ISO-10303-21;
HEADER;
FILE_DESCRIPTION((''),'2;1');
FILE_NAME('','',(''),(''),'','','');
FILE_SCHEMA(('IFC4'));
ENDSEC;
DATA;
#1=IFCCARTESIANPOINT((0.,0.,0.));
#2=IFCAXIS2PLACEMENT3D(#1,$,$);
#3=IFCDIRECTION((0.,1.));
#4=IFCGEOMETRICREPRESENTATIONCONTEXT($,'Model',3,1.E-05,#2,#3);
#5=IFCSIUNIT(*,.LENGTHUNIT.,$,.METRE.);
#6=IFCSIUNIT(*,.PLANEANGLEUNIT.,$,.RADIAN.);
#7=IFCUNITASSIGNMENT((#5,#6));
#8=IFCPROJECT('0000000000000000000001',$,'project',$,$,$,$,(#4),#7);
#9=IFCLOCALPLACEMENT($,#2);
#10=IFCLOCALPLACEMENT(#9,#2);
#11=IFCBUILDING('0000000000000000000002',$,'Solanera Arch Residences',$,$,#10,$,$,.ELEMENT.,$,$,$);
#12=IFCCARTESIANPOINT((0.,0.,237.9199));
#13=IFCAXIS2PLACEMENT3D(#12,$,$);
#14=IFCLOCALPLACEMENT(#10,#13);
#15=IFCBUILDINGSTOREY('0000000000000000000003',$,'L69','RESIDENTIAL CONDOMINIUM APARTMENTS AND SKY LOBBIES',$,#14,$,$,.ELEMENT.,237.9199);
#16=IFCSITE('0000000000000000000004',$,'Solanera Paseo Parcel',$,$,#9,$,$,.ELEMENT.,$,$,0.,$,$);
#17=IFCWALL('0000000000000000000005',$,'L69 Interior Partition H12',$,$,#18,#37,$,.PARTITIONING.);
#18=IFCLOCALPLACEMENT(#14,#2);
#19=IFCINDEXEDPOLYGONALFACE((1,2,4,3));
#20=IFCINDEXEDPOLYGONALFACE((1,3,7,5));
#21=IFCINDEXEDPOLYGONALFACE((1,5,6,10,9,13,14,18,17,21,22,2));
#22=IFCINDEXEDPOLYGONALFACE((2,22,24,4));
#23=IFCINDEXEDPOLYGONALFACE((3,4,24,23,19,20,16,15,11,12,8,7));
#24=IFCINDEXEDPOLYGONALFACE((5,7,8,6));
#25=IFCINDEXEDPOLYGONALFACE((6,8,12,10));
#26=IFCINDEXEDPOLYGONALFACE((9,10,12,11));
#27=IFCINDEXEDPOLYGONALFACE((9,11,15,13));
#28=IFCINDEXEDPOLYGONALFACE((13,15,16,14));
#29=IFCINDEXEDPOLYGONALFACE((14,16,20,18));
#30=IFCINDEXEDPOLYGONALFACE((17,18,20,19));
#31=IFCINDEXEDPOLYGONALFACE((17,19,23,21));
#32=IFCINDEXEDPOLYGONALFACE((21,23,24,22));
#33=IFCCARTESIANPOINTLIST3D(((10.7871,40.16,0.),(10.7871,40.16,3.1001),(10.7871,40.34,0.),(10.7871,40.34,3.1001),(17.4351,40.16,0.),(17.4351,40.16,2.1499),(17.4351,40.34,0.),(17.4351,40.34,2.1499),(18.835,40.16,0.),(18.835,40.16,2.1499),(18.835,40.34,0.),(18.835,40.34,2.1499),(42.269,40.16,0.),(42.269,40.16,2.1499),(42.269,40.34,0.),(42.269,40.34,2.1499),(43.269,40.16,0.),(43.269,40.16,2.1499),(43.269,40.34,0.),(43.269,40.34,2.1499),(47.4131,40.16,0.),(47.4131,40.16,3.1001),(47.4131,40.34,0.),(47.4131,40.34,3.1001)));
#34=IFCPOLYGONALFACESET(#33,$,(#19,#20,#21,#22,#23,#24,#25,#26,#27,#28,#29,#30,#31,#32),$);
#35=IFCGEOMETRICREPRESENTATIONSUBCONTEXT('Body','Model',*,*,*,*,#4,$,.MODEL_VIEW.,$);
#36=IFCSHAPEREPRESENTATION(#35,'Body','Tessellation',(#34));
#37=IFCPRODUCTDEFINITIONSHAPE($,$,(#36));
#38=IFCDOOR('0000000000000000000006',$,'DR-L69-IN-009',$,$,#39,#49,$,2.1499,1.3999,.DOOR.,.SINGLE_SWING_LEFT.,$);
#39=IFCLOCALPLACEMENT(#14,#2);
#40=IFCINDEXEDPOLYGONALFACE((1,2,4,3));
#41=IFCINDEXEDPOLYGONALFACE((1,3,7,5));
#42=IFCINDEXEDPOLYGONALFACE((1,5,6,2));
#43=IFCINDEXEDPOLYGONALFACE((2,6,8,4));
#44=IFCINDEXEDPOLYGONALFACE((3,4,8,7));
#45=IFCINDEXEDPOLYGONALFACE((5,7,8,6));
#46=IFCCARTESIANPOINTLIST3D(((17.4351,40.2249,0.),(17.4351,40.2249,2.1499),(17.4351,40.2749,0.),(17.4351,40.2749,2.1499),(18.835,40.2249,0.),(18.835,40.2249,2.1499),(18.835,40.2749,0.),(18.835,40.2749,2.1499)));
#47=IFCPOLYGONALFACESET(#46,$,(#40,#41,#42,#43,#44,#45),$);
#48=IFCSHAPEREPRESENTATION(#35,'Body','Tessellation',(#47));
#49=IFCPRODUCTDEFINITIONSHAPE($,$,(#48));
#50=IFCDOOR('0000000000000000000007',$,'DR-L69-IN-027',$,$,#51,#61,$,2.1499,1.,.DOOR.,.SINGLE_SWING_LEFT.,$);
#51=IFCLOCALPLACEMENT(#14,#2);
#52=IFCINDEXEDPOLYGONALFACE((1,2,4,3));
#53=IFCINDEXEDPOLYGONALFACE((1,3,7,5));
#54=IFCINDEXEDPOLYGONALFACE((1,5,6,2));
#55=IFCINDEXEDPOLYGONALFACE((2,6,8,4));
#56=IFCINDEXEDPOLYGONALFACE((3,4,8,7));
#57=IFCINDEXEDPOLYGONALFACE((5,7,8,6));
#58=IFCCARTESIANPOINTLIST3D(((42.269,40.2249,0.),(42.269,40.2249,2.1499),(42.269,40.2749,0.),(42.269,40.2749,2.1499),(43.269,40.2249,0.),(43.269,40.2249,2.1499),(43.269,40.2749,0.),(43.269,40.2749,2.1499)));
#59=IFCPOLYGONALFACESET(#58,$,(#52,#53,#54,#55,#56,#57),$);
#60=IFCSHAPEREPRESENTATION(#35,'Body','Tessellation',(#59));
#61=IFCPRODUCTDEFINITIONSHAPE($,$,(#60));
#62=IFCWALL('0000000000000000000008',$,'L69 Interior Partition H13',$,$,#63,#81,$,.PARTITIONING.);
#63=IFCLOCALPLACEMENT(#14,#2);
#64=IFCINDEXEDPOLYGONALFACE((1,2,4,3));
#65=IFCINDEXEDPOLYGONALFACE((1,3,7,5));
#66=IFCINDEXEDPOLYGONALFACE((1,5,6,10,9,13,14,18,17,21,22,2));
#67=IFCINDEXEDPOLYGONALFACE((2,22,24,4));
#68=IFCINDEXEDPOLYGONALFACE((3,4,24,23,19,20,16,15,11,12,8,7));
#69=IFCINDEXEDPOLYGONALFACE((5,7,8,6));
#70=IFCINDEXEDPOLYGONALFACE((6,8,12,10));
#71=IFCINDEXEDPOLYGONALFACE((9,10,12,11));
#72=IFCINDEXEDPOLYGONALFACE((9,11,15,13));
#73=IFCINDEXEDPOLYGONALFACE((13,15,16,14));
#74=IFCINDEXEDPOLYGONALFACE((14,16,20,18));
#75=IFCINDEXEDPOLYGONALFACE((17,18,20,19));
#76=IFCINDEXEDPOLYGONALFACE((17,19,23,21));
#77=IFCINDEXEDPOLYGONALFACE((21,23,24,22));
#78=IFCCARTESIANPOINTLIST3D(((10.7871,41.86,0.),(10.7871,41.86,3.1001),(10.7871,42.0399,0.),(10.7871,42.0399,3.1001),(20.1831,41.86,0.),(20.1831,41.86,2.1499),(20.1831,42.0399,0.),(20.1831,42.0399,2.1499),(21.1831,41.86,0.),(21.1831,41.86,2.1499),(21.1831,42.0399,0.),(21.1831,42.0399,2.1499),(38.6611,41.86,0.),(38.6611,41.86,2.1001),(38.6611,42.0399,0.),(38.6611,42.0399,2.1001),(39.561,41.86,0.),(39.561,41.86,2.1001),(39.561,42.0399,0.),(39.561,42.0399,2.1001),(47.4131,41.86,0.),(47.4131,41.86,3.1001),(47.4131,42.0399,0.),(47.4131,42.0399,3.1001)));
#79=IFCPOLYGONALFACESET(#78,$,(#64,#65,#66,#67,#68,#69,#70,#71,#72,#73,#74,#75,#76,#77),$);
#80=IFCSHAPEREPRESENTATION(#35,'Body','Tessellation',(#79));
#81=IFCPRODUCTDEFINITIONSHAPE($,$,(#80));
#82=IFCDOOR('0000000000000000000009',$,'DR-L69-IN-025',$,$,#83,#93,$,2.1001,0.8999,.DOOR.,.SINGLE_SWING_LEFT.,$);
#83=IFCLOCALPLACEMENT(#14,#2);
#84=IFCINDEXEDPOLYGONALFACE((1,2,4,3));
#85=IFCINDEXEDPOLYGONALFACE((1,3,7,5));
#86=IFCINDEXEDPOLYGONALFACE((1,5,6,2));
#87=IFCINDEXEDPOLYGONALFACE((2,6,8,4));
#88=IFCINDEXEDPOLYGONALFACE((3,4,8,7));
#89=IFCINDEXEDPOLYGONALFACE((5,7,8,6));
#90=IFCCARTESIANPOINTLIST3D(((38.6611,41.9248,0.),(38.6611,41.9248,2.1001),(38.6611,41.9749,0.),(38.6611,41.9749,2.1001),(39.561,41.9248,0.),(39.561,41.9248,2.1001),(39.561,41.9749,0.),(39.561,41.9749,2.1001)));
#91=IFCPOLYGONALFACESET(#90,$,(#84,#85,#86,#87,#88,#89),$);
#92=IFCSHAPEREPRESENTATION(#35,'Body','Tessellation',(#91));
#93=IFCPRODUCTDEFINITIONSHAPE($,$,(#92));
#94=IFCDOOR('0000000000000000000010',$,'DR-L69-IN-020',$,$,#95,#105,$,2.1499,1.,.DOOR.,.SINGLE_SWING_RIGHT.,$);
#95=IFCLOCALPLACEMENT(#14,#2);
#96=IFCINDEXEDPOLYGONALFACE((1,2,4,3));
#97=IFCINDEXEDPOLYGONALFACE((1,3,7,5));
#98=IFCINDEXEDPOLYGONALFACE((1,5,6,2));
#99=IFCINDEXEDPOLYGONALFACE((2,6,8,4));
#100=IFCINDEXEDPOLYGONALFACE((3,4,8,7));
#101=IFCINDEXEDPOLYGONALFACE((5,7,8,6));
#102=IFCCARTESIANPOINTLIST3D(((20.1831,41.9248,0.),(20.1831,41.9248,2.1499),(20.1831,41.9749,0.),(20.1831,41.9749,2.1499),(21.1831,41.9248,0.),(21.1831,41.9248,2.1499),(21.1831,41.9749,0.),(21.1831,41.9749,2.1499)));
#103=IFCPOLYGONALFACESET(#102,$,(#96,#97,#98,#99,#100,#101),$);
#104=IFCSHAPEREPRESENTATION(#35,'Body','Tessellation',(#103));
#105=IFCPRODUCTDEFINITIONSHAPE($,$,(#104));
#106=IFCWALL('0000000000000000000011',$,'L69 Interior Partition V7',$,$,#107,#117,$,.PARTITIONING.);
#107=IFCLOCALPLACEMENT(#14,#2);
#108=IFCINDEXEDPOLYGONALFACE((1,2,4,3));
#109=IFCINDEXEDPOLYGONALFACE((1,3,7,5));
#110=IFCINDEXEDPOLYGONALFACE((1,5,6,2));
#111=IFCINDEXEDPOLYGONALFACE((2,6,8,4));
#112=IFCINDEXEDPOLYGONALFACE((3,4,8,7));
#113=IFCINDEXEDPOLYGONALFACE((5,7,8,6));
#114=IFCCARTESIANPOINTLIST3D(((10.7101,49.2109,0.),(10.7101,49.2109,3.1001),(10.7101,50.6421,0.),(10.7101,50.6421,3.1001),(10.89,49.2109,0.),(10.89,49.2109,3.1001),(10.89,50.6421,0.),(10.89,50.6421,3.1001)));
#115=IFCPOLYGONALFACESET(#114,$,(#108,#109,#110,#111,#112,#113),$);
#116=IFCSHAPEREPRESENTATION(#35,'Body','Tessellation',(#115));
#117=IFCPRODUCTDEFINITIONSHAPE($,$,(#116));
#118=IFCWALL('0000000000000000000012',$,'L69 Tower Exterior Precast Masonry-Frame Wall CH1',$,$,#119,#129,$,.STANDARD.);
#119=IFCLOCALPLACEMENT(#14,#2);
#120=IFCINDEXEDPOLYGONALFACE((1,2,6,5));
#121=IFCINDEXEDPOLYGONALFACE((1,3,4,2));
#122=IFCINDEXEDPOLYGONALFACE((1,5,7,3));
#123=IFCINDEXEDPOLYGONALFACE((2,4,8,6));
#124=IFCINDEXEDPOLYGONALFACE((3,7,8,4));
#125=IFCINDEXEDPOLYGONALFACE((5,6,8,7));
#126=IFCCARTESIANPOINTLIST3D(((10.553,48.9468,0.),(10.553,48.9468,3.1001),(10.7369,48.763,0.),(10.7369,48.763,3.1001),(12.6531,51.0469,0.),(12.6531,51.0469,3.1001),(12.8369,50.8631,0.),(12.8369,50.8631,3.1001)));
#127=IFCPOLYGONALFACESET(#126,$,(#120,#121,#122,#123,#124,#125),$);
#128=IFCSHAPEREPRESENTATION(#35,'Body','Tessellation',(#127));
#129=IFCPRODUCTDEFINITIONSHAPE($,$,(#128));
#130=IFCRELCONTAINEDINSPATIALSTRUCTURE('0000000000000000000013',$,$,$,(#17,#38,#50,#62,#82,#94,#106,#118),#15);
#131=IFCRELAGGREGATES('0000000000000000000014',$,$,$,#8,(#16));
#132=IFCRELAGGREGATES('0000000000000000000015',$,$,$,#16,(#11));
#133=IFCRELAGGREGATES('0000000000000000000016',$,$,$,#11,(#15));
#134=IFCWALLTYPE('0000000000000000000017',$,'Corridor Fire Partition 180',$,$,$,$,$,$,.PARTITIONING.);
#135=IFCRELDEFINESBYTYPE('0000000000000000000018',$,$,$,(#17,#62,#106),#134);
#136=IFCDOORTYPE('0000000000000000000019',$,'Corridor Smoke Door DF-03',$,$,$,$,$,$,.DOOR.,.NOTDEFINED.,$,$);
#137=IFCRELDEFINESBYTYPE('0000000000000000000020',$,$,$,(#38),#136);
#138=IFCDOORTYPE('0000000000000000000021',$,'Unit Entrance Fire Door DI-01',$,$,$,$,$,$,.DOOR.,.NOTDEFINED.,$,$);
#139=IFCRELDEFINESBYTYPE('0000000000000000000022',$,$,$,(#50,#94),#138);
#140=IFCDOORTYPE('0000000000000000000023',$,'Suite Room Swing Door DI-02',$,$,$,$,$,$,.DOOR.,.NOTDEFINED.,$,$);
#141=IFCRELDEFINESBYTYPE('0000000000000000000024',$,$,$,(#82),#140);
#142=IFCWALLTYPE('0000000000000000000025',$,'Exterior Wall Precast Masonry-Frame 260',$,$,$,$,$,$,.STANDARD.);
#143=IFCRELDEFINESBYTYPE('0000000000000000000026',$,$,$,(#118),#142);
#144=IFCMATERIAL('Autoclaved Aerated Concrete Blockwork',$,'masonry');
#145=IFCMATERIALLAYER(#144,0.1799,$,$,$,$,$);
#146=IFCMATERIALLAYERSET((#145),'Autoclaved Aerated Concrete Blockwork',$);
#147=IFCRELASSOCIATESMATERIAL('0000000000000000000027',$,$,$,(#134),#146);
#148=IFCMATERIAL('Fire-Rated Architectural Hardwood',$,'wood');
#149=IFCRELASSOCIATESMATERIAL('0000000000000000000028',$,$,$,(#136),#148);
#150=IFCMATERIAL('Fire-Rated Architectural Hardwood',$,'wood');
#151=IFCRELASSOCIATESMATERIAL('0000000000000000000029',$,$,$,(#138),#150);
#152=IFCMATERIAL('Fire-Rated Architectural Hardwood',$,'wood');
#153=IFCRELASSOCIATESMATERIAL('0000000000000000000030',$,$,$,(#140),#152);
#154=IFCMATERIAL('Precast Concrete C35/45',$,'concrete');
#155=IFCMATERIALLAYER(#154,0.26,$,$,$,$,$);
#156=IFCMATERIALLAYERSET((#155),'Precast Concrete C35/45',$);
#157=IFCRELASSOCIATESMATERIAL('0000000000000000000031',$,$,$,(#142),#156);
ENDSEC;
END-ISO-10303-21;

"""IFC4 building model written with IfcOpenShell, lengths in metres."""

from ifc_helpers import new_model, si_unit, direction, frame, frame_2d, origin, place, context, subcontext, project, spatial, rectangle, extrude, material, layer, layer_set, type_object, element, fill, save


model = new_model("IFC4")

# Units and contexts
model_context = context("Model", 3, precision=1e-05, world=origin(), true_north=direction((0.0, 1.0)))
body_context = subcontext(model_context, "Body", "Model", "MODEL_VIEW")
ifc_project = project(units=[si_unit("LENGTHUNIT", "METRE"), si_unit("PLANEANGLEUNIT", "RADIAN")], contexts=[model_context])

# Site, building, storey
site_placement = place(None, origin())
site = spatial("IfcSite", under=ifc_project, at=site_placement, Name="Solanera Paseo Parcel", CompositionType="ELEMENT", RefElevation=0.0)
building_placement = place(site_placement, origin())
building = spatial("IfcBuilding", under=site, at=building_placement, Name="Solanera Arch Residences", CompositionType="ELEMENT")
storey_placement = place(building_placement, frame((0.0, 0.0, 237.9199)))
storey = spatial("IfcBuildingStorey", under=building, at=storey_placement, Name="L69", Description="RESIDENTIAL CONDOMINIUM APARTMENTS AND SKY LOBBIES", CompositionType="ELEMENT", Elevation=237.9199)

# Walls, openings, doors
ifc_material_1 = material(Name="Autoclaved Aerated Concrete Blockwork", Category="masonry")
ifc_layer_1 = layer(ifc_material_1, 0.1799)
ifc_layer_set_1 = layer_set([ifc_layer_1], Name="Autoclaved Aerated Concrete Blockwork")
wall_type_1 = type_object("IfcWallType", Name="Corridor Fire Partition 180", PredefinedType="PARTITIONING", material=ifc_layer_set_1)
wall_1_placement = place(storey_placement, frame((10.7871, 40.25, 0.0), z_axis=(0.0, 0.0, 1.0), x_axis=(1.0, 0.0, 0.0)))
wall_1 = element("IfcWall", 1, at=wall_1_placement, inside=storey, type_object=wall_type_1, Name="L69 Interior Partition H12", PredefinedType="PARTITIONING", context=body_context, shape_type="SweptSolid", body=[
    extrude(rectangle(XDim=36.626, YDim=0.1799, at=frame_2d((18.313, 0.0))), origin(), (0.0, 0.0, 1.0), 3.1001),
])
opening_1_placement = place(wall_1_placement, frame((6.6479, 0.0, 0.0)))
opening_1 = element("IfcOpeningElement", 2, at=opening_1_placement, cuts=wall_1, PredefinedType="OPENING", context=body_context, shape_type="SweptSolid", body=[
    extrude(rectangle(XDim=1.3999, YDim=2.1499, at=frame_2d((0.7, 1.075))), frame((0.0, 0.1001, 0.0), z_axis=(0.0, -1.0, 0.0), x_axis=(1.0, 0.0, 0.0)), (0.0, 0.0, 1.0), 0.1999),
])
opening_2_placement = place(wall_1_placement, frame((31.4819, 0.0, 0.0)))
opening_2 = element("IfcOpeningElement", 3, at=opening_2_placement, cuts=wall_1, PredefinedType="OPENING", context=body_context, shape_type="SweptSolid", body=[
    extrude(rectangle(XDim=1.0, YDim=2.1499, at=frame_2d((0.5, 1.075))), frame((0.0, 0.1001, 0.0), z_axis=(0.0, -1.0, 0.0), x_axis=(1.0, 0.0, 0.0)), (0.0, 0.0, 1.0), 0.1999),
])
ifc_material_2 = material(Name="Fire-Rated Architectural Hardwood", Category="wood")
door_type_1 = type_object("IfcDoorType", Name="Corridor Smoke Door DF-03", OperationType="NOTDEFINED", PredefinedType="DOOR", material=ifc_material_2)
door_1_placement = place(opening_1_placement, origin())
door_1 = element("IfcDoor", 4, at=door_1_placement, inside=storey, type_object=door_type_1, Name="DR-L69-IN-009", OperationType="SINGLE_SWING_LEFT", OverallHeight=2.1499, OverallWidth=1.3999, PredefinedType="DOOR", context=body_context, shape_type="SweptSolid", body=[
    extrude(rectangle(XDim=1.3999, YDim=2.1499, at=frame_2d((0.7, 1.075))), frame((0.0, 0.0249, 0.0), z_axis=(0.0, -1.0, 0.0), x_axis=(1.0, 0.0, 0.0)), (0.0, 0.0, 1.0), 0.05),
])
fill(opening_1, door_1)
ifc_material_3 = material(Name="Fire-Rated Architectural Hardwood", Category="wood")
door_type_2 = type_object("IfcDoorType", Name="Unit Entrance Fire Door DI-01", OperationType="NOTDEFINED", PredefinedType="DOOR", material=ifc_material_3)
door_2_placement = place(opening_2_placement, origin())
door_2 = element("IfcDoor", 5, at=door_2_placement, inside=storey, type_object=door_type_2, Name="DR-L69-IN-027", OperationType="SINGLE_SWING_LEFT", OverallHeight=2.1499, OverallWidth=1.0, PredefinedType="DOOR", context=body_context, shape_type="SweptSolid", body=[
    extrude(rectangle(XDim=1.0, YDim=2.1499, at=frame_2d((0.5, 1.075))), frame((0.0, 0.0249, 0.0), z_axis=(0.0, -1.0, 0.0), x_axis=(1.0, 0.0, 0.0)), (0.0, 0.0, 1.0), 0.05),
])
fill(opening_2, door_2)
wall_2_placement = place(storey_placement, frame((10.7871, 41.95, 0.0), z_axis=(0.0, 0.0, 1.0), x_axis=(1.0, 0.0, 0.0)))
wall_2 = element("IfcWall", 6, at=wall_2_placement, inside=storey, type_object=wall_type_1, Name="L69 Interior Partition H13", PredefinedType="PARTITIONING", context=body_context, shape_type="SweptSolid", body=[
    extrude(rectangle(XDim=36.626, YDim=0.1799, at=frame_2d((18.313, 0.0))), origin(), (0.0, 0.0, 1.0), 3.1001),
])
opening_3_placement = place(wall_2_placement, frame((9.396, 0.0, 0.0)))
opening_3 = element("IfcOpeningElement", 7, at=opening_3_placement, cuts=wall_2, PredefinedType="OPENING", context=body_context, shape_type="SweptSolid", body=[
    extrude(rectangle(XDim=1.0, YDim=2.1499, at=frame_2d((0.5, 1.075))), frame((0.0, 0.1001, 0.0), z_axis=(0.0, -1.0, 0.0), x_axis=(1.0, 0.0, 0.0)), (0.0, 0.0, 1.0), 0.1999),
])
opening_4_placement = place(wall_2_placement, frame((27.874, 0.0, 0.0)))
opening_4 = element("IfcOpeningElement", 8, at=opening_4_placement, cuts=wall_2, PredefinedType="OPENING", context=body_context, shape_type="SweptSolid", body=[
    extrude(rectangle(XDim=0.8999, YDim=2.1001, at=frame_2d((0.45, 1.05))), frame((0.0, 0.1001, 0.0), z_axis=(0.0, -1.0, 0.0), x_axis=(1.0, 0.0, 0.0)), (0.0, 0.0, 1.0), 0.1999),
])
ifc_material_4 = material(Name="Fire-Rated Architectural Hardwood", Category="wood")
door_type_3 = type_object("IfcDoorType", Name="Suite Room Swing Door DI-02", OperationType="NOTDEFINED", PredefinedType="DOOR", material=ifc_material_4)
door_3_placement = place(opening_4_placement, origin())
door_3 = element("IfcDoor", 9, at=door_3_placement, inside=storey, type_object=door_type_3, Name="DR-L69-IN-025", OperationType="SINGLE_SWING_LEFT", OverallHeight=2.1001, OverallWidth=0.8999, PredefinedType="DOOR", context=body_context, shape_type="SweptSolid", body=[
    extrude(rectangle(XDim=0.8999, YDim=2.1001, at=frame_2d((0.45, 1.05))), frame((0.0, 0.0249, 0.0), z_axis=(0.0, -1.0, 0.0), x_axis=(1.0, 0.0, 0.0)), (0.0, 0.0, 1.0), 0.05),
])
fill(opening_4, door_3)
door_4_placement = place(opening_3_placement, origin())
door_4 = element("IfcDoor", 10, at=door_4_placement, inside=storey, type_object=door_type_2, Name="DR-L69-IN-020", OperationType="SINGLE_SWING_RIGHT", OverallHeight=2.1499, OverallWidth=1.0, PredefinedType="DOOR", context=body_context, shape_type="SweptSolid", body=[
    extrude(rectangle(XDim=1.0, YDim=2.1499, at=frame_2d((0.5, 1.075))), frame((0.0, 0.0249, 0.0), z_axis=(0.0, -1.0, 0.0), x_axis=(1.0, 0.0, 0.0)), (0.0, 0.0, 1.0), 0.05),
])
fill(opening_3, door_4)

# Walls
wall_3_placement = place(storey_placement, frame((10.8, 49.2109, 0.0), z_axis=(0.0, 0.0, 1.0), x_axis=(0.0, 1.0, 0.0)))
element("IfcWall", 11, at=wall_3_placement, inside=storey, type_object=wall_type_1, Name="L69 Interior Partition V7", PredefinedType="PARTITIONING", context=body_context, shape_type="SweptSolid", body=[
    extrude(rectangle(XDim=1.4312, YDim=0.1799, at=frame_2d((0.7156, 0.0))), origin(), (0.0, 0.0, 1.0), 3.1001),
])
ifc_material_5 = material(Name="Precast Concrete C35/45", Category="concrete")
ifc_layer_2 = layer(ifc_material_5, 0.26)
ifc_layer_set_2 = layer_set([ifc_layer_2], Name="Precast Concrete C35/45")
wall_type_2 = type_object("IfcWallType", Name="Exterior Wall Precast Masonry-Frame 260", PredefinedType="STANDARD", material=ifc_layer_set_2)
wall_4_placement = place(storey_placement, frame((10.645, 48.855, 0.0), z_axis=(0.0, 0.0, 1.0), x_axis=(0.707107, 0.707107, 0.0)))
element("IfcWall", 12, at=wall_4_placement, inside=storey, type_object=wall_type_2, Name="L69 Tower Exterior Precast Masonry-Frame Wall CH1", PredefinedType="STANDARD", context=body_context, shape_type="SweptSolid", body=[
    extrude(rectangle(XDim=2.97, YDim=0.26, at=frame_2d((1.4849, 0.0))), origin(), (0.0, 0.0, 1.0), 3.1001),
])

save(model, "model.ifc")
